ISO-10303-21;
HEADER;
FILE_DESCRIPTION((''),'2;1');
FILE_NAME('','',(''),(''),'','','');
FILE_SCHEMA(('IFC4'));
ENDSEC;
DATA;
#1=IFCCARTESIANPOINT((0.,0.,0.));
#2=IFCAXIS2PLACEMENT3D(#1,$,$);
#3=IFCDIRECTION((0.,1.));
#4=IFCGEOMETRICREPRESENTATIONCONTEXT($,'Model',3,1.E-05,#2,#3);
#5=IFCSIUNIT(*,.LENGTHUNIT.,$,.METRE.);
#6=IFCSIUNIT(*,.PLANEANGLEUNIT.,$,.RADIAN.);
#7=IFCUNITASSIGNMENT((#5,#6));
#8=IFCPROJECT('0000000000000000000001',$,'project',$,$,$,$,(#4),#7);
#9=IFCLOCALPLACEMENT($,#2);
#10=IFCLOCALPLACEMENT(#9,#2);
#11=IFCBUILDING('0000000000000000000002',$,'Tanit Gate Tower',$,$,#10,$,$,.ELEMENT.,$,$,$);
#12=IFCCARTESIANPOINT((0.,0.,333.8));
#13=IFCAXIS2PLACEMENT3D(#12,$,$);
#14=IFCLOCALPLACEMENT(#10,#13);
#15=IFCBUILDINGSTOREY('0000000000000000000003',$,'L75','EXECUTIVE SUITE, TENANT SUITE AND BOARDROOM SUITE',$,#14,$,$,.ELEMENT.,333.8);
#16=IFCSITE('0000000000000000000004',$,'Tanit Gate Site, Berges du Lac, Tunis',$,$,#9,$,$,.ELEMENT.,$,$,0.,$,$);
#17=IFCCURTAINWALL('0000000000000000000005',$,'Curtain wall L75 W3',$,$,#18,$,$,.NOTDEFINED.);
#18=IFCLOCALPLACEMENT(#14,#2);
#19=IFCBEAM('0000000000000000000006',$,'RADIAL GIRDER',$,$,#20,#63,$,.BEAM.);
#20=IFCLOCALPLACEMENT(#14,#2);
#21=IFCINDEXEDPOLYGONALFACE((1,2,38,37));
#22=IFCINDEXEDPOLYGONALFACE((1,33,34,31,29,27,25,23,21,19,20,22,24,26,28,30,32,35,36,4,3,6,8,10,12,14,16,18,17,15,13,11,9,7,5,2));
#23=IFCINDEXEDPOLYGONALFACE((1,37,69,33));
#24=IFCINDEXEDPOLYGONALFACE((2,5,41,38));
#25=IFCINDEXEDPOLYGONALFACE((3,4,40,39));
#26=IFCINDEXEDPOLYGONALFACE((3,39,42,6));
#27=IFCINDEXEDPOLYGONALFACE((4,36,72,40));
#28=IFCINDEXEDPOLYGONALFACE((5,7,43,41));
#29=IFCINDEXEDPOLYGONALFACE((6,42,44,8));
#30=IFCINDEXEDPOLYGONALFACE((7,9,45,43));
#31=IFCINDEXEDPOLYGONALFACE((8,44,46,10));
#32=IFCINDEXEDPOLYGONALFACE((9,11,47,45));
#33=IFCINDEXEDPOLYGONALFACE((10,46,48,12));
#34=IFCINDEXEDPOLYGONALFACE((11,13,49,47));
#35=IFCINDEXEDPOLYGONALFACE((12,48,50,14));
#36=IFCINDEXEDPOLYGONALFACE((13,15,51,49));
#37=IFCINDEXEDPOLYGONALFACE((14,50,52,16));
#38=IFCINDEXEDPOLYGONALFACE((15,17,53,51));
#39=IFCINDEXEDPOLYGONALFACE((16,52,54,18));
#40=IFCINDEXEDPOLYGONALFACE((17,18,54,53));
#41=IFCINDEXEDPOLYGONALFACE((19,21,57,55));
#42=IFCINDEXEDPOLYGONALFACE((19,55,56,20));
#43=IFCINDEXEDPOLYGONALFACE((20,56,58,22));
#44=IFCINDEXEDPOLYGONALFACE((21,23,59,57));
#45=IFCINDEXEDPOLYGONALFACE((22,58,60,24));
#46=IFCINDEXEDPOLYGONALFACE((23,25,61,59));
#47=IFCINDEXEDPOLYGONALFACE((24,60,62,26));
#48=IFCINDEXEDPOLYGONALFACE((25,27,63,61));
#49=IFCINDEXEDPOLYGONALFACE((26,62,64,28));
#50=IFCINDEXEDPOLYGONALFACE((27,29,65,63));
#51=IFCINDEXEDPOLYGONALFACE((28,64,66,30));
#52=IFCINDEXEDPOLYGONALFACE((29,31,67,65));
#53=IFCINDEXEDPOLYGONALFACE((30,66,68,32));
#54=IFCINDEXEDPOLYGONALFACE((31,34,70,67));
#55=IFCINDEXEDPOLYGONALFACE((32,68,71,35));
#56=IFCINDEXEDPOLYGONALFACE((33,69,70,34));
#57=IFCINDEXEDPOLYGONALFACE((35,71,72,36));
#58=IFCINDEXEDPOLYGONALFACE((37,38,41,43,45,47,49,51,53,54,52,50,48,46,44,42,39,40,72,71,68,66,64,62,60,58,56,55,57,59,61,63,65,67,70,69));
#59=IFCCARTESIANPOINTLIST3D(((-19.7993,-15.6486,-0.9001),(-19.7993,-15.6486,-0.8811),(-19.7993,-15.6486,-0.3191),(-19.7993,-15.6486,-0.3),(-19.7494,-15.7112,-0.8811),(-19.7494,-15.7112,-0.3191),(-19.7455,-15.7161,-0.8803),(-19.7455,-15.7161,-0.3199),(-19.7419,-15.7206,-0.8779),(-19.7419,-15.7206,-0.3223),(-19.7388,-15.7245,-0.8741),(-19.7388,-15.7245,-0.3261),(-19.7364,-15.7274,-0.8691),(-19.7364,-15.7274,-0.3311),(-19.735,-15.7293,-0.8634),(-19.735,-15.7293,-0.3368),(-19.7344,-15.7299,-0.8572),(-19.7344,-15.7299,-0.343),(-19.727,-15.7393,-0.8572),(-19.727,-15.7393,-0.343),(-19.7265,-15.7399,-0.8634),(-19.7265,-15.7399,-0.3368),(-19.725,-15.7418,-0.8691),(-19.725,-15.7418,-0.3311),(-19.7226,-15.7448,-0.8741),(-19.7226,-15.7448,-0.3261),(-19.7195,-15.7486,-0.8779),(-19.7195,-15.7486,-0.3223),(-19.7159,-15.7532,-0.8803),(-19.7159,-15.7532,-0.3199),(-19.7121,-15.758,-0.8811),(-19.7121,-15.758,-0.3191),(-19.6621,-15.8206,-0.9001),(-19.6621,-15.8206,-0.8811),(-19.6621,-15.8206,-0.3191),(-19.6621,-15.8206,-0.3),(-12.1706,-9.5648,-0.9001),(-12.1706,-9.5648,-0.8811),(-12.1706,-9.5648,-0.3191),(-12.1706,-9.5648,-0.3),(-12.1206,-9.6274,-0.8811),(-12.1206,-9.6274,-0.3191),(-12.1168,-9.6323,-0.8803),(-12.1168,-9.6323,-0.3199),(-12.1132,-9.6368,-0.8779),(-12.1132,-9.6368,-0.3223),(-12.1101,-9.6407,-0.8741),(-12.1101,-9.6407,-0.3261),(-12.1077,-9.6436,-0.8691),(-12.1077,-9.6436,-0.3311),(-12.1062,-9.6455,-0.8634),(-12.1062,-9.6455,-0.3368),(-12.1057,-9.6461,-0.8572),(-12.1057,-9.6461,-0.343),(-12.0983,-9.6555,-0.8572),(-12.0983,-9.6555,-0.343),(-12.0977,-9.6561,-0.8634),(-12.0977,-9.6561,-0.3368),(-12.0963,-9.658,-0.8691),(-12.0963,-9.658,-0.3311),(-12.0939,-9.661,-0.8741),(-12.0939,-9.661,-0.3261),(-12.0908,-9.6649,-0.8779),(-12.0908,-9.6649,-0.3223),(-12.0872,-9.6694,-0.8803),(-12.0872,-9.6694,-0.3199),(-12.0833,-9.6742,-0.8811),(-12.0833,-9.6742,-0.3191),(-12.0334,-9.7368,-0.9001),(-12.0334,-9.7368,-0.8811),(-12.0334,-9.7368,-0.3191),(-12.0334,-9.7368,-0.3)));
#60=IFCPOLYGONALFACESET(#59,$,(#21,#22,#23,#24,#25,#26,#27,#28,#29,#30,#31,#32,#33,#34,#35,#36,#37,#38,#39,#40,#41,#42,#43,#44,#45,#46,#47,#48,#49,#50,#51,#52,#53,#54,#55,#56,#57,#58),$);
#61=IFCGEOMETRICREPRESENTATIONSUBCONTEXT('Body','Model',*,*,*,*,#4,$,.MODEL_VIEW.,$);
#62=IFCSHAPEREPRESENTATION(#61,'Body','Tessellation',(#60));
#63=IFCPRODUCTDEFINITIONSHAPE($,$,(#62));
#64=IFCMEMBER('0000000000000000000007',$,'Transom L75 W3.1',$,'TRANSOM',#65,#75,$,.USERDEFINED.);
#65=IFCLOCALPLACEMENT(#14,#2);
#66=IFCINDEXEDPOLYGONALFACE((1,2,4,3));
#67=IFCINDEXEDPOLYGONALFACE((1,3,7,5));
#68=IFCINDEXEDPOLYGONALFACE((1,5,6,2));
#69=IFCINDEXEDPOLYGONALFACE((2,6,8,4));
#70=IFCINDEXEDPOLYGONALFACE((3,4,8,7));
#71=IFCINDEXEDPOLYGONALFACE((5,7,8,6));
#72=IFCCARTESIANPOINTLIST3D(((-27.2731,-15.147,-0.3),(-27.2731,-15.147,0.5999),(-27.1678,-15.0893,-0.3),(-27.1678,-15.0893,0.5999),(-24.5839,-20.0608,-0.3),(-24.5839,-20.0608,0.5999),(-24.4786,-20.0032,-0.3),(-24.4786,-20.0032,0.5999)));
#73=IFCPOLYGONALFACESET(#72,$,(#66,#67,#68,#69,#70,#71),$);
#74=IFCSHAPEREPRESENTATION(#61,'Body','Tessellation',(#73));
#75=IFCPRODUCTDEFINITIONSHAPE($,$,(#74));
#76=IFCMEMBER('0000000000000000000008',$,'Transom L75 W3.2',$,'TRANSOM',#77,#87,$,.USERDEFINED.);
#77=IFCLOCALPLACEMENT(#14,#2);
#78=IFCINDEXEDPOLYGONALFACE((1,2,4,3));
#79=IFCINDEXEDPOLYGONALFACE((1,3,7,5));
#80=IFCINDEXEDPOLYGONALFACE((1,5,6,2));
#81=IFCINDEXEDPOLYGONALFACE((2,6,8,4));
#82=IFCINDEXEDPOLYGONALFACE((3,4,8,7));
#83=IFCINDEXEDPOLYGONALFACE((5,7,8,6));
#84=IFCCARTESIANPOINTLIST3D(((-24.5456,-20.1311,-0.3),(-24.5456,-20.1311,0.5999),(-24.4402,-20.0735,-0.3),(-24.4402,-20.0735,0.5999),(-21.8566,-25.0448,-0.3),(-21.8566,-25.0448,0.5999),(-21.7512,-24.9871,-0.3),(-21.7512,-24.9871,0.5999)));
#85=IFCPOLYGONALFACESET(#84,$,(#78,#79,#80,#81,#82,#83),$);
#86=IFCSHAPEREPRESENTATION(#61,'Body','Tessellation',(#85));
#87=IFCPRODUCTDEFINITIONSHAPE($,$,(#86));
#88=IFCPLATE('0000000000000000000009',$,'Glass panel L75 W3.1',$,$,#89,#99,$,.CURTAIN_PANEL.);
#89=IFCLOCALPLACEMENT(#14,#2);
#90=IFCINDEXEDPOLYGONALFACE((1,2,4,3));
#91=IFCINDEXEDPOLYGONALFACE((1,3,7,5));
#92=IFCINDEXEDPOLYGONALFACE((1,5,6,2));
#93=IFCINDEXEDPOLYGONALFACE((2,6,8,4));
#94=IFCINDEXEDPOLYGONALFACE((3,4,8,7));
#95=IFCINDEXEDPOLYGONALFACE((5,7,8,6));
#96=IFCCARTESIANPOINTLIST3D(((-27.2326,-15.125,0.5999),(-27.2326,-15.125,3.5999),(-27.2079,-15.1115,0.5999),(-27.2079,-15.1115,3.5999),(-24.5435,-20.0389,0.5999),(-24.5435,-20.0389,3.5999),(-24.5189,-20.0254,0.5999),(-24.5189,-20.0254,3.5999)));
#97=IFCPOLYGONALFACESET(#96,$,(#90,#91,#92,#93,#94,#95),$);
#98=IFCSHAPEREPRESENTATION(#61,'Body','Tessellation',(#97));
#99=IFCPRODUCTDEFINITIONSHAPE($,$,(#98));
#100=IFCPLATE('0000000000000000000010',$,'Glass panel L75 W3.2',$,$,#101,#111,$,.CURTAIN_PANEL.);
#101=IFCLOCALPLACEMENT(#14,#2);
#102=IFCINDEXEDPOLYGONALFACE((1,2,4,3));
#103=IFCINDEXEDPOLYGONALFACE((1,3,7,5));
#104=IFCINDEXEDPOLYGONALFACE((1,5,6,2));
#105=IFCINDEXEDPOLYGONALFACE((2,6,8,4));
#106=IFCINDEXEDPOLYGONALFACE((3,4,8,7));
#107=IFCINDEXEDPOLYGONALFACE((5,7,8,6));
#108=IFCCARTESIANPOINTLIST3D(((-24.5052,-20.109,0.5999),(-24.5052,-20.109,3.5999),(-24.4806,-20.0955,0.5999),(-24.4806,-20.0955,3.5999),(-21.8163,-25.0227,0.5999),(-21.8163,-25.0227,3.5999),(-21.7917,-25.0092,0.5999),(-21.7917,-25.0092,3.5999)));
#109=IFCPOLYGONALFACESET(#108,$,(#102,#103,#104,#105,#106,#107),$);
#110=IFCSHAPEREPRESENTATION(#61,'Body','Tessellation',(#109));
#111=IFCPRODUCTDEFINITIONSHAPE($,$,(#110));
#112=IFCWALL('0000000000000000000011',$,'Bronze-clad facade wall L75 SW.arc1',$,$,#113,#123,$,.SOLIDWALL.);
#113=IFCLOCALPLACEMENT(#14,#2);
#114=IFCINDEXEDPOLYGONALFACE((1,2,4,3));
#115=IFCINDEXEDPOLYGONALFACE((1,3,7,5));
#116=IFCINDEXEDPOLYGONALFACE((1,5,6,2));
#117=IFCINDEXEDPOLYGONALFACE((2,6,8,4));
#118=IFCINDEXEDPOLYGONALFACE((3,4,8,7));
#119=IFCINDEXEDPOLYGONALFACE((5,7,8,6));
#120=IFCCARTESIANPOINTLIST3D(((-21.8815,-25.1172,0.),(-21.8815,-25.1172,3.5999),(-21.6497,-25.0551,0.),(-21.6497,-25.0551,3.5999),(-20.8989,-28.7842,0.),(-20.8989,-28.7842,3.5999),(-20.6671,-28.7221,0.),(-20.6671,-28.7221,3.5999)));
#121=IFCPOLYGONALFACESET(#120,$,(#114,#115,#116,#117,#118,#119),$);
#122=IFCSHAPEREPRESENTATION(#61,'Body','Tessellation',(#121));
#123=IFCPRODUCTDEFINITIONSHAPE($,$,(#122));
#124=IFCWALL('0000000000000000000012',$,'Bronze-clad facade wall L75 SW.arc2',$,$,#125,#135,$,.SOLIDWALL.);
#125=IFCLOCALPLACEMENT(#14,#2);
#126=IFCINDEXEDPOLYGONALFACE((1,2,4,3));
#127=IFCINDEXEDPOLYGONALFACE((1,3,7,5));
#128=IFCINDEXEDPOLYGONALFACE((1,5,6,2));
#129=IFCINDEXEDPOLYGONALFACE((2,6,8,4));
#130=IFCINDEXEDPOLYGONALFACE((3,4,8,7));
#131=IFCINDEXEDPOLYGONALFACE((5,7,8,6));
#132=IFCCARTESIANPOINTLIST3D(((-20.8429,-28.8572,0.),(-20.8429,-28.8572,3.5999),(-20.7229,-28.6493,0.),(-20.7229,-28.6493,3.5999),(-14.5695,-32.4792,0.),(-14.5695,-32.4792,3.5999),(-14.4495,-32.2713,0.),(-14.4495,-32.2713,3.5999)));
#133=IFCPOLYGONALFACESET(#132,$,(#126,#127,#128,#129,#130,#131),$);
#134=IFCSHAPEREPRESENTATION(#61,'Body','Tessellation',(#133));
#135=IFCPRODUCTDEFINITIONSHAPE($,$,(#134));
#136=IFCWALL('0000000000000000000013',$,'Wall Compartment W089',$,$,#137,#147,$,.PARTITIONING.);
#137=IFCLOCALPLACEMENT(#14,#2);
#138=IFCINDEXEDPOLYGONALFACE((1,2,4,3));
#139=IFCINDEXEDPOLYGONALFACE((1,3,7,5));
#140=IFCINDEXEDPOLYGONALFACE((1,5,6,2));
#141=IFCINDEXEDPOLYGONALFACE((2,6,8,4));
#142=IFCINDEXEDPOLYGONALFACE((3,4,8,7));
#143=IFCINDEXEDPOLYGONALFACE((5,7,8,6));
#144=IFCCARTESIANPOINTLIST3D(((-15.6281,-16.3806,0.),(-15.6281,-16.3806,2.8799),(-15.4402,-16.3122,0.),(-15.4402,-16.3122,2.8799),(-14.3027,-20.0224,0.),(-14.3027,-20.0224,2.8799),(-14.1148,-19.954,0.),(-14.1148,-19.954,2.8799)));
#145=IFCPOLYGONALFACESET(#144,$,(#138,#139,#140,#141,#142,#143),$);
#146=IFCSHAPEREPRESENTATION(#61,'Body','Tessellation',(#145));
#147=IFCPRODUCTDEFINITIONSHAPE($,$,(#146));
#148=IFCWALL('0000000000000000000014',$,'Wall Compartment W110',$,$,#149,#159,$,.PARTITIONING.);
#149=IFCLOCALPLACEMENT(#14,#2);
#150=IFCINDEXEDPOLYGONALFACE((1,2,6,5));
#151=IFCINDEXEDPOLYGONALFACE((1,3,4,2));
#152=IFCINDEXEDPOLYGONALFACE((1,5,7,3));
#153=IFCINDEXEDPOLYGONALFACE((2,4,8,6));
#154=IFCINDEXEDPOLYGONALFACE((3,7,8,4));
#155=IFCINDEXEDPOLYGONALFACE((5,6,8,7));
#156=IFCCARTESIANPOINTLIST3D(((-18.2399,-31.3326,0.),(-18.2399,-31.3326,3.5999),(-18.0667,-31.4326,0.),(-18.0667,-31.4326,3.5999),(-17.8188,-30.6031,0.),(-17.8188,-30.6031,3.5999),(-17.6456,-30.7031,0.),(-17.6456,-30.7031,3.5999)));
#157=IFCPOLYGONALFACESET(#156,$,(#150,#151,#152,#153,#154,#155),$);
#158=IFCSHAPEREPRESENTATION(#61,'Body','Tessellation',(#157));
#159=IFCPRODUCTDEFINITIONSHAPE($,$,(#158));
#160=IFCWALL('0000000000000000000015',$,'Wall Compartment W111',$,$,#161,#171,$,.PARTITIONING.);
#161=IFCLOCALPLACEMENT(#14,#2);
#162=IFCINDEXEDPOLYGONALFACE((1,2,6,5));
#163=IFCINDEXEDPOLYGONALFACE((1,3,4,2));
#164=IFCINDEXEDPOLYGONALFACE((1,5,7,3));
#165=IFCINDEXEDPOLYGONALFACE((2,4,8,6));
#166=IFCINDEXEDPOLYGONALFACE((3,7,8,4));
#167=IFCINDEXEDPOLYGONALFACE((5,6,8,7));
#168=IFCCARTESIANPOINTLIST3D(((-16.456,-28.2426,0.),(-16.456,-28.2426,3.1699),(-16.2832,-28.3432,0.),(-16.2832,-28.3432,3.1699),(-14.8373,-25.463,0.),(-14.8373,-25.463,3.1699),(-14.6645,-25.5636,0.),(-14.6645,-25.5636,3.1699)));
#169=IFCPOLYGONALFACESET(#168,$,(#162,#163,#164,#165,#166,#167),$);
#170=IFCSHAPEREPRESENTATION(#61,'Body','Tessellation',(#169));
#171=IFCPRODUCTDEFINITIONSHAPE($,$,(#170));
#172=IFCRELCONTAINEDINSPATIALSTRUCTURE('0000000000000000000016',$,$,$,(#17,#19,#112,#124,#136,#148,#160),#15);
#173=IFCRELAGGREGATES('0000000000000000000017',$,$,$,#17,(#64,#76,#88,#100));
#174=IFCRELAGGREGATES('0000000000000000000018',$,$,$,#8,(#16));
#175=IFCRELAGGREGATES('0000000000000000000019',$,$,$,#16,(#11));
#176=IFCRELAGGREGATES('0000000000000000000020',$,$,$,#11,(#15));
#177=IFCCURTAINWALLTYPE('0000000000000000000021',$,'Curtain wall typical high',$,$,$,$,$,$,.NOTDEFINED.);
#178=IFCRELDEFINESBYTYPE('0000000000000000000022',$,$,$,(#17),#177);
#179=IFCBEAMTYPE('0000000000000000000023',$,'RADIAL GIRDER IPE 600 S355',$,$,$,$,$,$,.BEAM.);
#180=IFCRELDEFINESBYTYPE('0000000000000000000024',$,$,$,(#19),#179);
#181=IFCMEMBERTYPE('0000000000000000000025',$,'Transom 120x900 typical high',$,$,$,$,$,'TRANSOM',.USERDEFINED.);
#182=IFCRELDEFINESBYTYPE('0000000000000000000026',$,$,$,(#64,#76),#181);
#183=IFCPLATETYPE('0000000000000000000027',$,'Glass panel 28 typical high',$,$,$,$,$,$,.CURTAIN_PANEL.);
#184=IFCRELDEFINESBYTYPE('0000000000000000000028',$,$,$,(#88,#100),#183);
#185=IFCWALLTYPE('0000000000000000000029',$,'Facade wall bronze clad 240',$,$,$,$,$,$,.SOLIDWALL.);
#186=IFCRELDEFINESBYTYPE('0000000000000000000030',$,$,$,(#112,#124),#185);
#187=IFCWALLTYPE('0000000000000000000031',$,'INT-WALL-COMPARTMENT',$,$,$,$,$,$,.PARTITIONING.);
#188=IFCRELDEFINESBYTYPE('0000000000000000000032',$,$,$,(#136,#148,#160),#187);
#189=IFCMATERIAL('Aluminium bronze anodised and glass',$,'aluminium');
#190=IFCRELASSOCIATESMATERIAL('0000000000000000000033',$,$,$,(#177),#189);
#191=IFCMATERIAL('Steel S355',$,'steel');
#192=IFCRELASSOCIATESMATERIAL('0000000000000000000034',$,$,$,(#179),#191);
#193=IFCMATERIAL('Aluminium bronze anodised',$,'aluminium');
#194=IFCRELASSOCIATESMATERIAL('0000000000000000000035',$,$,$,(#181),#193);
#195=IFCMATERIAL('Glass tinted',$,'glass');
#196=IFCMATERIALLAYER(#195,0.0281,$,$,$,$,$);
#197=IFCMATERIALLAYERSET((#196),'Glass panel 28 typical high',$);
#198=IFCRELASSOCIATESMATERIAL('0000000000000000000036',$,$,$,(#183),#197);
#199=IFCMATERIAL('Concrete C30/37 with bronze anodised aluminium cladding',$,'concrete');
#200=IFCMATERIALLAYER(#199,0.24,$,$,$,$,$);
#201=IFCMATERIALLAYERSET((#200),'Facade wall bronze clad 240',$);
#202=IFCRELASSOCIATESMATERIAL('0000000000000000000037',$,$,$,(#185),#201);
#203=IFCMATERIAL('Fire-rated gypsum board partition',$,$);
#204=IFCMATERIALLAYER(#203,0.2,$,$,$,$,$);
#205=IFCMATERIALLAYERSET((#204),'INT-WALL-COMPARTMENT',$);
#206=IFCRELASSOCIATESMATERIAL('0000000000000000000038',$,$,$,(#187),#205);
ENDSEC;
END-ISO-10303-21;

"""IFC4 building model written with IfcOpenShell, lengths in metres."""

from ifc_helpers import new_model, si_unit, direction, frame, frame_2d, origin, origin_2d, place, context, subcontext, project, spatial, rectangle, i_section, extrude, material, layer, layer_set, material_profile, profile_set, type_object, element, aggregate, save


model = new_model("IFC4")

# Units and contexts
model_context = context("Model", 3, precision=1e-05, world=origin(), true_north=direction((0.0, 1.0)))
body_context = subcontext(model_context, "Body", "Model", "MODEL_VIEW")
ifc_project = project(units=[si_unit("LENGTHUNIT", "METRE"), si_unit("PLANEANGLEUNIT", "RADIAN")], contexts=[model_context])

# Site, building, storey
site_placement = place(None, origin())
site = spatial("IfcSite", under=ifc_project, at=site_placement, Name="Tanit Gate Site, Berges du Lac, Tunis", CompositionType="ELEMENT", RefElevation=0.0)
building_placement = place(site_placement, origin())
building = spatial("IfcBuilding", under=site, at=building_placement, Name="Tanit Gate Tower", CompositionType="ELEMENT")
storey_placement = place(building_placement, frame((0.0, 0.0, 333.8)))
storey = spatial("IfcBuildingStorey", under=building, at=storey_placement, Name="L75", Description="EXECUTIVE SUITE, TENANT SUITE AND BOARDROOM SUITE", CompositionType="ELEMENT", Elevation=333.8)

# Curtain wall
ifc_material_1 = material(Name="Aluminium bronze anodised and glass", Category="aluminium")
curtain_wall_type = type_object("IfcCurtainWallType", Name="Curtain wall typical high", PredefinedType="NOTDEFINED", material=ifc_material_1)
curtain_wall_placement = place(storey_placement, origin())
curtain_wall = element("IfcCurtainWall", 1, at=curtain_wall_placement, inside=storey, type_object=curtain_wall_type, Name="Curtain wall L75 W3", PredefinedType="NOTDEFINED")

# Beam
ifc_material_2 = material(Name="Steel S355", Category="steel")
ifc_material_profile_1 = material_profile(ifc_material_2, i_section(OverallWidth=0.22, OverallDepth=0.6001, WebThickness=0.012, FlangeThickness=0.019, FilletRadius=0.0239, at=origin_2d()), Name="IPE 600")
ifc_profile_set_1 = profile_set([ifc_material_profile_1], Name="Steel S355")
beam_type_1 = type_object("IfcBeamType", Name="RADIAL GIRDER IPE 600 S355", PredefinedType="BEAM", material=ifc_profile_set_1)
beam_1_placement = place(storey_placement, frame((-19.7307, -15.7346, -0.6001), z_axis=(0.781827, 0.623495, 0.0), x_axis=(-0.623495, 0.781827, 0.0)))
element("IfcBeam", 2, at=beam_1_placement, inside=storey, type_object=beam_type_1, Name="RADIAL GIRDER", PredefinedType="BEAM", context=body_context, shape_type="SweptSolid", body=[
    extrude(i_section(OverallWidth=0.22, OverallDepth=0.6001, WebThickness=0.012, FlangeThickness=0.019, FilletRadius=0.0239, at=origin_2d()), origin(), (0.0, 0.0, 1.0), 9.7576),
])

# Members
ifc_material_3 = material(Name="Aluminium bronze anodised", Category="aluminium")
ifc_material_profile_2 = material_profile(ifc_material_3, rectangle(XDim=0.1201, YDim=0.8999, at=origin_2d()), Name="120x900 bronze transom")
ifc_profile_set_2 = profile_set([ifc_material_profile_2], Name="Aluminium bronze anodised")
member_type_1 = type_object("IfcMemberType", Name="Transom 120x900 typical high", ElementType="TRANSOM", PredefinedType="USERDEFINED", material=ifc_profile_set_2)
member_1_placement = place(storey_placement, frame((-27.2205, -15.1182, 0.1499), z_axis=(0.480082, -0.877223, 0.0), x_axis=(0.877223, 0.480082, 0.0)))
member_1 = element("IfcMember", 3, at=member_1_placement, type_object=member_type_1, Name="Transom L75 W3.1", ObjectType="TRANSOM", PredefinedType="USERDEFINED", context=body_context, shape_type="SweptSolid", body=[
    extrude(rectangle(XDim=0.1201, YDim=0.8999, at=origin_2d()), origin(), (0.0, 0.0, 1.0), 5.6016),
])
member_2_placement = place(storey_placement, frame((-24.4929, -20.1023, 0.1499), z_axis=(0.480067, -0.877232, 0.0), x_axis=(0.877232, 0.480067, 0.0)))
member_2 = element("IfcMember", 4, at=member_2_placement, type_object=member_type_1, Name="Transom L75 W3.2", ObjectType="TRANSOM", PredefinedType="USERDEFINED", context=body_context, shape_type="SweptSolid", body=[
    extrude(rectangle(XDim=0.1201, YDim=0.8999, at=origin_2d()), origin(), (0.0, 0.0, 1.0), 5.6013),
])

# Plates
ifc_material_4 = material(Name="Glass tinted", Category="glass")
ifc_layer_1 = layer(ifc_material_4, 0.0281)
ifc_layer_set_1 = layer_set([ifc_layer_1], Name="Glass panel 28 typical high")
plate_type = type_object("IfcPlateType", Name="Glass panel 28 typical high", PredefinedType="CURTAIN_PANEL", material=ifc_layer_set_1)
plate_1_placement = place(storey_placement, frame((-25.8757, -17.5752, 0.5999), z_axis=(0.0, 0.0, 1.0), x_axis=(0.480055, -0.877239, 0.0)))
plate_1 = element("IfcPlate", 5, at=plate_1_placement, type_object=plate_type, Name="Glass panel L75 W3.1", PredefinedType="CURTAIN_PANEL", context=body_context, shape_type="SweptSolid", body=[
    extrude(rectangle(XDim=5.6016, YDim=0.0281, at=origin_2d()), origin(), (0.0, 0.0, 1.0), 3.0),
])
plate_2_placement = place(storey_placement, frame((-23.1484, -22.5591, 0.5999), z_axis=(0.0, 0.0, 1.0), x_axis=(0.480055, -0.877239, 0.0)))
plate_2 = element("IfcPlate", 6, at=plate_2_placement, type_object=plate_type, Name="Glass panel L75 W3.2", PredefinedType="CURTAIN_PANEL", context=body_context, shape_type="SweptSolid", body=[
    extrude(rectangle(XDim=5.6013, YDim=0.0281, at=origin_2d()), origin(), (0.0, 0.0, 1.0), 3.0),
])
aggregate(curtain_wall, [member_1, member_2, plate_1, plate_2])

# Walls
ifc_material_5 = material(Name="Concrete C30/37 with bronze anodised aluminium cladding", Category="concrete")
ifc_layer_2 = layer(ifc_material_5, 0.24)
ifc_layer_set_2 = layer_set([ifc_layer_2], Name="Facade wall bronze clad 240")
wall_type_1 = type_object("IfcWallType", Name="Facade wall bronze clad 240", PredefinedType="SOLIDWALL", material=ifc_layer_set_2)
wall_1_placement = place(storey_placement, frame((-21.7656, -25.0862, 0.0), z_axis=(0.0, 0.0, 1.0), x_axis=(0.258843, -0.965919, 0.0)))
element("IfcWall", 7, at=wall_1_placement, inside=storey, type_object=wall_type_1, Name="Bronze-clad facade wall L75 SW.arc1", PredefinedType="SOLIDWALL", context=body_context, shape_type="SweptSolid", body=[
    extrude(rectangle(XDim=3.7964, YDim=0.24, at=frame_2d((1.8982, 0.0))), origin(), (0.0, 0.0, 1.0), 3.5999),
])
wall_2_placement = place(storey_placement, frame((-20.783, -28.7532, 0.0), z_axis=(0.0, 0.0, 1.0), x_axis=(0.866019, -0.50001, 0.0)))
element("IfcWall", 8, at=wall_2_placement, inside=storey, type_object=wall_type_1, Name="Bronze-clad facade wall L75 SW.arc2", PredefinedType="SOLIDWALL", context=body_context, shape_type="SweptSolid", body=[
    extrude(rectangle(XDim=7.2439, YDim=0.24, at=frame_2d((3.6221, 0.0))), origin(), (0.0, 0.0, 1.0), 3.5999),
])
ifc_material_6 = material(Name="Fire-rated gypsum board partition")
ifc_layer_3 = layer(ifc_material_6, 0.2)
ifc_layer_set_3 = layer_set([ifc_layer_3], Name="INT-WALL-COMPARTMENT")
wall_type_2 = type_object("IfcWallType", Name="INT-WALL-COMPARTMENT", PredefinedType="PARTITIONING", material=ifc_layer_set_3)
wall_3_placement = place(storey_placement, frame((-15.5342, -16.3464, 0.0), z_axis=(0.0, 0.0, 1.0), x_axis=(0.342001, -0.9397, 0.0)))
element("IfcWall", 9, at=wall_3_placement, inside=storey, type_object=wall_type_2, Name="Wall Compartment W089", PredefinedType="PARTITIONING", context=body_context, shape_type="SweptSolid", body=[
    extrude(rectangle(XDim=3.8755, YDim=0.2, at=frame_2d((1.9377, 0.0))), origin(), (0.0, 0.0, 1.0), 2.8799),
])
wall_4_placement = place(storey_placement, frame((-18.1533, -31.3826, 0.0), z_axis=(0.0, 0.0, 1.0), x_axis=(0.499973, 0.866041, 0.0)))
element("IfcWall", 10, at=wall_4_placement, inside=storey, type_object=wall_type_2, Name="Wall Compartment W110", PredefinedType="PARTITIONING", context=body_context, shape_type="SweptSolid", body=[
    extrude(rectangle(XDim=0.8423, YDim=0.2, at=frame_2d((0.4211, 0.0))), origin(), (0.0, 0.0, 1.0), 3.5999),
])
wall_5_placement = place(storey_placement, frame((-16.3696, -28.293, 0.0), z_axis=(0.0, 0.0, 1.0), x_axis=(0.503234, 0.86415, 0.0)))
element("IfcWall", 11, at=wall_5_placement, inside=storey, type_object=wall_type_2, Name="Wall Compartment W111", PredefinedType="PARTITIONING", context=body_context, shape_type="SweptSolid", body=[
    extrude(rectangle(XDim=3.2166, YDim=0.2, at=frame_2d((1.6084, 0.0))), origin(), (0.0, 0.0, 1.0), 3.1699),
])

save(model, "model.ifc")
